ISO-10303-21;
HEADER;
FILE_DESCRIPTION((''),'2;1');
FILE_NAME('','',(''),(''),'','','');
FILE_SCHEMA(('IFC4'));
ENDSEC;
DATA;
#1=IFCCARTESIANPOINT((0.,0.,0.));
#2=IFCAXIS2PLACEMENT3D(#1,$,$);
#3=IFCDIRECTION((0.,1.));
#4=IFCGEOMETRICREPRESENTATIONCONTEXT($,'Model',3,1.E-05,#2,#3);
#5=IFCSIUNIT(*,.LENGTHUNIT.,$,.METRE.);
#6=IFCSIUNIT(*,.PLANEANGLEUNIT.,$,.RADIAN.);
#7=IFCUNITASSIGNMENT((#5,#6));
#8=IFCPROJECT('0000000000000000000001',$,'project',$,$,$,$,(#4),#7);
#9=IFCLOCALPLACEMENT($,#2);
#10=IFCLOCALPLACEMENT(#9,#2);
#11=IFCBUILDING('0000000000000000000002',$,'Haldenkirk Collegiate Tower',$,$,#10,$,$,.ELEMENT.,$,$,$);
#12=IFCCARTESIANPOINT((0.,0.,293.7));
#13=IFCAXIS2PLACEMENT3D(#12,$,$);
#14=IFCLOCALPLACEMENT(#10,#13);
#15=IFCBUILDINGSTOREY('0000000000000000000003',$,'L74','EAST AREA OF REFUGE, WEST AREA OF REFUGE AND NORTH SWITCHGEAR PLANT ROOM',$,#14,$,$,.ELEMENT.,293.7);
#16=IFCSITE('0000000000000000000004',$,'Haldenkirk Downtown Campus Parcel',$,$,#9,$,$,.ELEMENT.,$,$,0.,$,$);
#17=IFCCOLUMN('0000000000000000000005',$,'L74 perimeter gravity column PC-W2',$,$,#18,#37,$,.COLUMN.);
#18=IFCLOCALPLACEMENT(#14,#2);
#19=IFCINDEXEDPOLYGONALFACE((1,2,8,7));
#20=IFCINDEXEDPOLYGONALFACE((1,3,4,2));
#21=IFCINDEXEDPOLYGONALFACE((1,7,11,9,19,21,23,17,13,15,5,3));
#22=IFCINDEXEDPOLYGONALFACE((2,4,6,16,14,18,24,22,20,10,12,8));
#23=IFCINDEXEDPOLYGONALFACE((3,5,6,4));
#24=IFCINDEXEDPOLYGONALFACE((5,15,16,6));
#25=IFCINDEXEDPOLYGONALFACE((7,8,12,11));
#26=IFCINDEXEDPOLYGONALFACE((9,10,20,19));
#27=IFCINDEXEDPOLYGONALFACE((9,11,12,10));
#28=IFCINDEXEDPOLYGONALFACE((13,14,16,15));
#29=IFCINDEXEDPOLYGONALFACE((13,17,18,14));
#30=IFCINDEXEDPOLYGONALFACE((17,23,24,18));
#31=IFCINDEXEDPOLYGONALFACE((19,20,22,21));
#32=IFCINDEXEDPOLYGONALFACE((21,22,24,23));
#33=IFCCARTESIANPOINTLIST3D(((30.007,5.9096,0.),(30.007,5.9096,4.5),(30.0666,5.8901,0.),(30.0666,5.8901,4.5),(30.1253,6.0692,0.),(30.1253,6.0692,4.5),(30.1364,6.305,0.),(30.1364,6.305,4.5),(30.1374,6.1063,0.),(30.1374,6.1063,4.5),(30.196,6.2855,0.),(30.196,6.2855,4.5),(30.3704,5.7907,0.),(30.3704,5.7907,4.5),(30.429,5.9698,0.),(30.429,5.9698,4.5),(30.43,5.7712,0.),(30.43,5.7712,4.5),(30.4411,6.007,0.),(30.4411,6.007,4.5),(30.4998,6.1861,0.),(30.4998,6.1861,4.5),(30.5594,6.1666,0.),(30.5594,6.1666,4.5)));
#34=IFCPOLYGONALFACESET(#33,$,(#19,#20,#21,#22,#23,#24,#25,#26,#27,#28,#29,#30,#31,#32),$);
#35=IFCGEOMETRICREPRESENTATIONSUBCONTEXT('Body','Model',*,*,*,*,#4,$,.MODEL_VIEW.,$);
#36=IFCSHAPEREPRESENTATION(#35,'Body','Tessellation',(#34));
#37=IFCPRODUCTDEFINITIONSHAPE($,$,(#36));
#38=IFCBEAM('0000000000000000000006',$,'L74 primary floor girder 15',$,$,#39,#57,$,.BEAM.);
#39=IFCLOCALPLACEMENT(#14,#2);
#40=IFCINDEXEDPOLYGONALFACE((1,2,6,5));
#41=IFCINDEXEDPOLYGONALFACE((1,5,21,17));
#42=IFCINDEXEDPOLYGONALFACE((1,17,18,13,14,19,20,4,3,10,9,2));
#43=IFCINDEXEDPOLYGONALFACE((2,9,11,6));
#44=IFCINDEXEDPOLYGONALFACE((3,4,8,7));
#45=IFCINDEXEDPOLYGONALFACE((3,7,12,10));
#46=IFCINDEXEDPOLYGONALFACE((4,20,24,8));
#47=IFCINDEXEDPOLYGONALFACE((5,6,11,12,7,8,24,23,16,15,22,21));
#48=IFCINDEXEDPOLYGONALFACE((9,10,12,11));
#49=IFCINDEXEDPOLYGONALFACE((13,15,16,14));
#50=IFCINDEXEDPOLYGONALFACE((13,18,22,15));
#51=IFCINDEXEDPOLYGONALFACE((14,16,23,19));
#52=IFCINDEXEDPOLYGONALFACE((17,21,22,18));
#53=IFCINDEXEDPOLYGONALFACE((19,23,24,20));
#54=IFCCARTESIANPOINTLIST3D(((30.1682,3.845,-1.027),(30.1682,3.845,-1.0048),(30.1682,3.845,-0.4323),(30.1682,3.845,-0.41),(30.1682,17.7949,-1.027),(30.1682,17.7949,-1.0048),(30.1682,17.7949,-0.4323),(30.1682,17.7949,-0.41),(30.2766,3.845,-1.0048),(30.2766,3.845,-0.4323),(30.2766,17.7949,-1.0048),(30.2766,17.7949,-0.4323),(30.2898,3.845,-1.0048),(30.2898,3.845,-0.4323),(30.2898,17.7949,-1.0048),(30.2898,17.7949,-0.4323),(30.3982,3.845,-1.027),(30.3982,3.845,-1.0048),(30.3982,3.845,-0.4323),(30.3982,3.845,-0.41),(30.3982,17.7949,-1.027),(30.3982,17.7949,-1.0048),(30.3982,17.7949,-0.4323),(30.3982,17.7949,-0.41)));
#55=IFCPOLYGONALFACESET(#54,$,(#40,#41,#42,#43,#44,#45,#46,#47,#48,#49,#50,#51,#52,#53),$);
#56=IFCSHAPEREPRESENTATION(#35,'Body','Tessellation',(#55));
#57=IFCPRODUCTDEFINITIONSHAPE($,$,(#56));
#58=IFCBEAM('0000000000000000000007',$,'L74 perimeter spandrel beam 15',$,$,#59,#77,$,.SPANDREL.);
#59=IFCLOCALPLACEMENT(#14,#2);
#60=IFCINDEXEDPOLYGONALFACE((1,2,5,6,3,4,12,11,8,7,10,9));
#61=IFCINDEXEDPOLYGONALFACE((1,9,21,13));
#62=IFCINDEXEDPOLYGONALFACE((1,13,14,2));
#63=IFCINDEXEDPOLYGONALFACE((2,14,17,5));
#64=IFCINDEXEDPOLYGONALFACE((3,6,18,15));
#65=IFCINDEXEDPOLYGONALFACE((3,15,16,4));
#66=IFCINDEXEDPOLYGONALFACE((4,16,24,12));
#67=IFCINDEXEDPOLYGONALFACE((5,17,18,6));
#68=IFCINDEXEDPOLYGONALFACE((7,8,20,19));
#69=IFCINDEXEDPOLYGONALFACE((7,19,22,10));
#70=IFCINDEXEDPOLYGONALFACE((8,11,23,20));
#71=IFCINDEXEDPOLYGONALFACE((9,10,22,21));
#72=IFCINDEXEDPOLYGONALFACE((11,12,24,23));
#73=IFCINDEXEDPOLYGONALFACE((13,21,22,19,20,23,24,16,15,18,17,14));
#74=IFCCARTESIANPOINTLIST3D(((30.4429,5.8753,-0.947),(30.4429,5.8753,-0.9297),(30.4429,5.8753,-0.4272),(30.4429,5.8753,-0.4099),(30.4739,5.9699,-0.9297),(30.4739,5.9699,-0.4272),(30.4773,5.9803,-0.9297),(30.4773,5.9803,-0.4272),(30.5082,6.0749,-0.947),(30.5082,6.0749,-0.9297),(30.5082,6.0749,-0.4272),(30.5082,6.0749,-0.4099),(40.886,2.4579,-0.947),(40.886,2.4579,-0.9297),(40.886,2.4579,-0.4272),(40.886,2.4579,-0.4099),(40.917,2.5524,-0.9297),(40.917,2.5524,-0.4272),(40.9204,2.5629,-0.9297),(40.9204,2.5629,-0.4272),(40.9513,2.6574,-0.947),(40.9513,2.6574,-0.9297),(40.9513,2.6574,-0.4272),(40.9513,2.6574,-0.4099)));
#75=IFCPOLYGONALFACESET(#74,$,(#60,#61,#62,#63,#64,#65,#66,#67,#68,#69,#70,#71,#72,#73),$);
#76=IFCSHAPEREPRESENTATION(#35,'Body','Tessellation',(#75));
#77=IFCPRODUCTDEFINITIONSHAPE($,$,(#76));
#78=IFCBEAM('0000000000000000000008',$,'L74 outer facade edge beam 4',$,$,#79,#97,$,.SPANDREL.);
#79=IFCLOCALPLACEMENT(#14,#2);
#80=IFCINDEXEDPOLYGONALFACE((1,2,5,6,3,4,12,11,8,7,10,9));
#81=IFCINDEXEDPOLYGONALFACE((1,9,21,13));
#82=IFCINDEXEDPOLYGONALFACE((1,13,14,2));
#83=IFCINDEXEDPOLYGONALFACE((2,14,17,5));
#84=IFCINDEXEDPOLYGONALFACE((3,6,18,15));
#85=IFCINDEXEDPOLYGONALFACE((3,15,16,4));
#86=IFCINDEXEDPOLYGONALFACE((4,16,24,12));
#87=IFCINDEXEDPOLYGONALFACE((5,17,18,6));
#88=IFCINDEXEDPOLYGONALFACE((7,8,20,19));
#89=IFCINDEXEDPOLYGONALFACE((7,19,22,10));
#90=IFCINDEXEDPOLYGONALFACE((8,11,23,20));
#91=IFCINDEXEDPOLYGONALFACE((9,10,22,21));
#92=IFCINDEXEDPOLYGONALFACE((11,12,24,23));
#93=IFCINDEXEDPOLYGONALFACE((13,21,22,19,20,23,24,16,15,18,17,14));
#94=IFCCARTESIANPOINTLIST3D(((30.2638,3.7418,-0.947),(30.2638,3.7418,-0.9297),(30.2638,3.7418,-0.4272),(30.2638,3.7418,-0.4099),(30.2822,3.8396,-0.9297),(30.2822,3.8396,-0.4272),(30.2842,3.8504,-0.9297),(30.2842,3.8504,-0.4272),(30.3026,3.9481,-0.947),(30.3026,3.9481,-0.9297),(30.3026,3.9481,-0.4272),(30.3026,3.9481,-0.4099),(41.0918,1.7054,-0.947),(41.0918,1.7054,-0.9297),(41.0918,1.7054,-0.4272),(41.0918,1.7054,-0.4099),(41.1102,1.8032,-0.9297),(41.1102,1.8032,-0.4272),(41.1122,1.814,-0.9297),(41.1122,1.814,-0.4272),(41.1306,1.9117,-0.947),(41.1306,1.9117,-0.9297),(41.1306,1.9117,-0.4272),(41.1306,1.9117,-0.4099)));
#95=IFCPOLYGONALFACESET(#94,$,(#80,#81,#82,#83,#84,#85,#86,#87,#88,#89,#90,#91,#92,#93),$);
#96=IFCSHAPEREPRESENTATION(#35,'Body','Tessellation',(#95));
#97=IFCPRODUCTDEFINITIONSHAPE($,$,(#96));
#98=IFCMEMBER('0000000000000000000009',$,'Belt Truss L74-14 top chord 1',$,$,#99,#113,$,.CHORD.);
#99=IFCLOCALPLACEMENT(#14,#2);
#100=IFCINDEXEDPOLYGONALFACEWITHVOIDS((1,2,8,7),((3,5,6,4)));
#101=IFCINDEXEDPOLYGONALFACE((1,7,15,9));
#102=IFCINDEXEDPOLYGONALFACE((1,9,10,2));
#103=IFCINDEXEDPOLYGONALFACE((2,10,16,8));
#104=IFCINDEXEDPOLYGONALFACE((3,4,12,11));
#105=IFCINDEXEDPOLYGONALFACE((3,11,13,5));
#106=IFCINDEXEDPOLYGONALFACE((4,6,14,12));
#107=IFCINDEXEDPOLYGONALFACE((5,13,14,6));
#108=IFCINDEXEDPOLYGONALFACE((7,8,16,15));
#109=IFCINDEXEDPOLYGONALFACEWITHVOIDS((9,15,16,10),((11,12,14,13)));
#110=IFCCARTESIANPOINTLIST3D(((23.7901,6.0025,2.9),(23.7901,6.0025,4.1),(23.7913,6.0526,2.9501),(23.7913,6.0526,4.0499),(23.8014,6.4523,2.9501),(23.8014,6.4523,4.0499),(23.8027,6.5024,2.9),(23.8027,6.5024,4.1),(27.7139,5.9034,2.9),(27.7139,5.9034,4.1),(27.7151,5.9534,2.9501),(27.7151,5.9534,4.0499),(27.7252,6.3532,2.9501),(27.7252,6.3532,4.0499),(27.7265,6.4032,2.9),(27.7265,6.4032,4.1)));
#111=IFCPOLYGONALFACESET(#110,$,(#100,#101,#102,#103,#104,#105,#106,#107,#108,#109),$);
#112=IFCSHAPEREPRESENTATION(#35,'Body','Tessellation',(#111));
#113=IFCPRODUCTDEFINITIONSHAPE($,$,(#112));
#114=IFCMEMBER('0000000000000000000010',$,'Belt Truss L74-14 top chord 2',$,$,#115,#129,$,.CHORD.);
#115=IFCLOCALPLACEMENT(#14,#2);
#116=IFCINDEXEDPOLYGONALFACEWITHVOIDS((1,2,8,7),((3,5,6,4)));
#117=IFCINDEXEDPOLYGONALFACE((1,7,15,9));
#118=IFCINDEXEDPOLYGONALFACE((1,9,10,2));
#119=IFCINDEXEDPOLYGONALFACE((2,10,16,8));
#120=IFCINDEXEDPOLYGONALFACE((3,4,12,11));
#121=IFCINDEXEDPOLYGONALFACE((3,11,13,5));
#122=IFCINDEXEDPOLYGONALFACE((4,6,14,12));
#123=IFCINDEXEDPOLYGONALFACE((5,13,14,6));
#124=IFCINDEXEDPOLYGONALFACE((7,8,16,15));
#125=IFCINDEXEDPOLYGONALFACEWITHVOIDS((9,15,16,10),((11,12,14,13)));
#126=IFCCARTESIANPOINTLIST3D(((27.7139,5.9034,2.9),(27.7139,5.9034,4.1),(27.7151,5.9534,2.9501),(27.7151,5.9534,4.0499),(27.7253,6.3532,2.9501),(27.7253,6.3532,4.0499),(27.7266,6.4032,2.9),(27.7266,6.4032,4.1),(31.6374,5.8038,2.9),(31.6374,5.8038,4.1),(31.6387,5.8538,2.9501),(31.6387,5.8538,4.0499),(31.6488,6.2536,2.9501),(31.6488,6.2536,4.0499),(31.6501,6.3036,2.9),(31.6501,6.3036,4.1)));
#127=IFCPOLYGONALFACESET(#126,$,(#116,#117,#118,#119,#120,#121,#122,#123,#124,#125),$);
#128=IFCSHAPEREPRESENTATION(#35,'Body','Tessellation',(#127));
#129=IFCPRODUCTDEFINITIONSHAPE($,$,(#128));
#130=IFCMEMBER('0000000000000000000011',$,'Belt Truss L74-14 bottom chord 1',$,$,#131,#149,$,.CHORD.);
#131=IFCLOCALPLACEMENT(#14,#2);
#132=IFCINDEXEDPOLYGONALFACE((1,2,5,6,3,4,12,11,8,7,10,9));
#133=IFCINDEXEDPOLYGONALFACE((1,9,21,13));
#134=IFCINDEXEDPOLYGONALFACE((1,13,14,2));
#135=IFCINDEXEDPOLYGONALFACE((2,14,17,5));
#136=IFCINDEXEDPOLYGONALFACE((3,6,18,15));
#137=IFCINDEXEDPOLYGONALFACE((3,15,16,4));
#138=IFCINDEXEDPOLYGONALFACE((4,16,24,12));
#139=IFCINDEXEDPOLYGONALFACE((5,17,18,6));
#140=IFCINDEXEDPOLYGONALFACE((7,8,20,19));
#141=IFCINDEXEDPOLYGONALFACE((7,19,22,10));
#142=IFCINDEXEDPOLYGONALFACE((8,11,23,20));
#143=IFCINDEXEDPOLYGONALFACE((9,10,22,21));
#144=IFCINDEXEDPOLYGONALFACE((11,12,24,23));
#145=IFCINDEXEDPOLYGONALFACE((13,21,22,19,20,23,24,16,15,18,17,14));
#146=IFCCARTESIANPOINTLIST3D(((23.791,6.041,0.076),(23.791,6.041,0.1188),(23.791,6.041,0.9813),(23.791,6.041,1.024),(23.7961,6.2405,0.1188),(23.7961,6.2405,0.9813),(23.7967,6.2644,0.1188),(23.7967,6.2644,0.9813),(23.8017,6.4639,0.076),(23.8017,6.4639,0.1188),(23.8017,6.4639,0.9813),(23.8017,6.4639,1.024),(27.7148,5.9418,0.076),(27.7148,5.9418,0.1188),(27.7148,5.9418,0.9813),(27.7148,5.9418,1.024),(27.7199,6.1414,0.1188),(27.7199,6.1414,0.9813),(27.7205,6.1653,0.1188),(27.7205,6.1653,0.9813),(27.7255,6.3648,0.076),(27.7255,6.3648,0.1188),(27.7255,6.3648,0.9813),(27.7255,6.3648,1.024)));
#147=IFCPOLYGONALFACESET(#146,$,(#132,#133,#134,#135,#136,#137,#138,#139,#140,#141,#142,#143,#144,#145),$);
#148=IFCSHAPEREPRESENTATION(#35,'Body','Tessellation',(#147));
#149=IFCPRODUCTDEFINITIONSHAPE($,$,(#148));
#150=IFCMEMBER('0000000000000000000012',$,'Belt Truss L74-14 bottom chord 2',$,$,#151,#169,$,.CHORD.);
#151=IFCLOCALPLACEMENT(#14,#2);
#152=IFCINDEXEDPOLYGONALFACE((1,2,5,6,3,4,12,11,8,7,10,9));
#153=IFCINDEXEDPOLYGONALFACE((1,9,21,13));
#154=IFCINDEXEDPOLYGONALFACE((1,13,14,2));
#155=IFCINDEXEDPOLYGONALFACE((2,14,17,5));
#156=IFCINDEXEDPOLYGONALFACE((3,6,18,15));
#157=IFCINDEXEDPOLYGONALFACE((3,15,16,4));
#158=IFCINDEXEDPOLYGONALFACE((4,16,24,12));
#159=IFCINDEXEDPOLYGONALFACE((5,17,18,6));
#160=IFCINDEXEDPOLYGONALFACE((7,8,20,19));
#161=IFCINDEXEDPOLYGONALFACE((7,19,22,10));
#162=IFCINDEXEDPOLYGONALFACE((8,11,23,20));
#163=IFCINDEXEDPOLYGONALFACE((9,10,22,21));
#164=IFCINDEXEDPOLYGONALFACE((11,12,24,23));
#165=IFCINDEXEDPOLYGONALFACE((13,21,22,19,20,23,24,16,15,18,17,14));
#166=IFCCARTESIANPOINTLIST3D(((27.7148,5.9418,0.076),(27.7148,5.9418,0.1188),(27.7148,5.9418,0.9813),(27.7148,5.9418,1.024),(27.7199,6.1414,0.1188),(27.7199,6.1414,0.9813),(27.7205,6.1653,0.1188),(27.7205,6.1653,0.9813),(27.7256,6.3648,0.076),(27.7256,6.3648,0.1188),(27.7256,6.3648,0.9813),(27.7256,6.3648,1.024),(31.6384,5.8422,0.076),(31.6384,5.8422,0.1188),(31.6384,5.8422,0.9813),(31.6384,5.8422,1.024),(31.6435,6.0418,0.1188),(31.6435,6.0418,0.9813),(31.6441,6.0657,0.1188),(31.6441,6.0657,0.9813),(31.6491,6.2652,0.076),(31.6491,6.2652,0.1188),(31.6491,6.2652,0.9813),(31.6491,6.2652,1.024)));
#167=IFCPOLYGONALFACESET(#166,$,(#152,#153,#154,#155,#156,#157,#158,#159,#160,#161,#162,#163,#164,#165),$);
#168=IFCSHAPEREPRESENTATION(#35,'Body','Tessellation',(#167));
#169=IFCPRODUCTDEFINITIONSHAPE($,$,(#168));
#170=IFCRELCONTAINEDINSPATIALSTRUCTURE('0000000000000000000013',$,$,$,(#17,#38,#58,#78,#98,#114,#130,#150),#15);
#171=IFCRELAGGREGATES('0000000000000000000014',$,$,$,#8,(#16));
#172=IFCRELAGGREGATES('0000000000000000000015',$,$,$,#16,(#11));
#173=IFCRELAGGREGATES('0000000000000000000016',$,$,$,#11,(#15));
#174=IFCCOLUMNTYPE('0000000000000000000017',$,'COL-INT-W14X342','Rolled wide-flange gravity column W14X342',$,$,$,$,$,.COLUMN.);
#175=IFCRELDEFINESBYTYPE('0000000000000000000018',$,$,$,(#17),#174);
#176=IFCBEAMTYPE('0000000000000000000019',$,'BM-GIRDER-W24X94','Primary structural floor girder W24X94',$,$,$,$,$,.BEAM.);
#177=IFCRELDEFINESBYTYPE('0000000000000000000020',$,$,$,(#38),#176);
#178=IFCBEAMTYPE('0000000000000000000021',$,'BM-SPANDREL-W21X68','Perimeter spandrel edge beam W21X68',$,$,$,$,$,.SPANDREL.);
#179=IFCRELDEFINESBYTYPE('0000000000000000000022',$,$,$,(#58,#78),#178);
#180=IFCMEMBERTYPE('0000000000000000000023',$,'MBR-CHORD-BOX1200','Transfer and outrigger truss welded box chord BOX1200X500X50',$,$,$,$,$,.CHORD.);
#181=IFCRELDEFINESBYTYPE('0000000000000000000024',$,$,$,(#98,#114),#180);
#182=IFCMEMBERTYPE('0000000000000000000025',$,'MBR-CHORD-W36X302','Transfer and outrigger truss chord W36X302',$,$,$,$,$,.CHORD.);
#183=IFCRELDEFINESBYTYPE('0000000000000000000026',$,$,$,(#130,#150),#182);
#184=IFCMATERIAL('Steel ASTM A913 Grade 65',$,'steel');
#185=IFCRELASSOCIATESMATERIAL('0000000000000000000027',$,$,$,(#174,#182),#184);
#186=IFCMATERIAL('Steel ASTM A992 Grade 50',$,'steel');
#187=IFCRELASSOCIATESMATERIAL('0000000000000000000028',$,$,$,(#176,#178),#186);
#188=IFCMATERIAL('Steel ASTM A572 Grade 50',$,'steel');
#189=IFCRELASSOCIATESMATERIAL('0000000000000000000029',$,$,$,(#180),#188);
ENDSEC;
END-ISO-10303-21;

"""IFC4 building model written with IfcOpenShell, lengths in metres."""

from ifc_helpers import new_model, si_unit, direction, frame, origin, origin_2d, place, context, subcontext, project, spatial, hollow_rectangle, i_section, extrude, material, material_profile, profile_set, type_object, element, save


model = new_model("IFC4")

# Units and contexts
model_context = context("Model", 3, precision=1e-05, world=origin(), true_north=direction((0.0, 1.0)))
body_context = subcontext(model_context, "Body", "Model", "MODEL_VIEW")
ifc_project = project(units=[si_unit("LENGTHUNIT", "METRE"), si_unit("PLANEANGLEUNIT", "RADIAN")], contexts=[model_context])

# Site, building, storey
site_placement = place(None, origin())
site = spatial("IfcSite", under=ifc_project, at=site_placement, Name="Haldenkirk Downtown Campus Parcel", CompositionType="ELEMENT", RefElevation=0.0)
building_placement = place(site_placement, origin())
building = spatial("IfcBuilding", under=site, at=building_placement, Name="Haldenkirk Collegiate Tower", CompositionType="ELEMENT")
storey_placement = place(building_placement, frame((0.0, 0.0, 293.7)))
storey = spatial("IfcBuildingStorey", under=building, at=storey_placement, Name="L74", Description="EAST AREA OF REFUGE, WEST AREA OF REFUGE AND NORTH SWITCHGEAR PLANT ROOM", CompositionType="ELEMENT", Elevation=293.7)

# Column
ifc_material_1 = material(Name="Steel ASTM A913 Grade 65", Category="steel")
ifc_material_profile_1 = material_profile(ifc_material_1, i_section(OverallWidth=0.416, OverallDepth=0.4451, WebThickness=0.0391, FlangeThickness=0.0627, at=origin_2d()), Name="W14X342")
ifc_profile_set_1 = profile_set([ifc_material_profile_1], Name="Steel ASTM A913 Grade 65")
column_type = type_object("IfcColumnType", Name="COL-INT-W14X342", Description="Rolled wide-flange gravity column W14X342", PredefinedType="COLUMN", material=ifc_profile_set_1)
column_placement = place(storey_placement, frame((30.2832, 6.0381, 0.0), z_axis=(0.0, 0.0, 1.0), x_axis=(0.311008, 0.950407, 0.0)))
element("IfcColumn", 1, at=column_placement, inside=storey, type_object=column_type, Name="L74 perimeter gravity column PC-W2", PredefinedType="COLUMN", context=body_context, shape_type="SweptSolid", body=[
    extrude(i_section(OverallWidth=0.416, OverallDepth=0.4451, WebThickness=0.0391, FlangeThickness=0.0627, at=origin_2d()), origin(), (0.0, 0.0, 1.0), 4.5),
])

# Beams
ifc_material_2 = material(Name="Steel ASTM A992 Grade 50", Category="steel")
ifc_material_profile_2 = material_profile(ifc_material_2, i_section(OverallWidth=0.23, OverallDepth=0.6169, WebThickness=0.0132, FlangeThickness=0.0222, at=origin_2d()), Name="W24X94")
ifc_profile_set_2 = profile_set([ifc_material_profile_2], Name="Steel ASTM A992 Grade 50")
beam_type_1 = type_object("IfcBeamType", Name="BM-GIRDER-W24X94", Description="Primary structural floor girder W24X94", PredefinedType="BEAM", material=ifc_profile_set_2)
beam_1_placement = place(storey_placement, frame((30.2832, 3.845, -0.7185), z_axis=(0.0, 1.0, 0.0), x_axis=(-1.0, 0.0, 0.0)))
element("IfcBeam", 2, at=beam_1_placement, inside=storey, type_object=beam_type_1, Name="L74 primary floor girder 15", PredefinedType="BEAM", context=body_context, shape_type="SweptSolid", body=[
    extrude(i_section(OverallWidth=0.23, OverallDepth=0.6169, WebThickness=0.0132, FlangeThickness=0.0222, at=origin_2d()), origin(), (0.0, 0.0, 1.0), 13.95),
])
ifc_material_profile_3 = material_profile(ifc_material_2, i_section(OverallWidth=0.21, OverallDepth=0.5371, WebThickness=0.011, FlangeThickness=0.0173, at=origin_2d()), Name="W21X68")
ifc_profile_set_3 = profile_set([ifc_material_profile_3], Name="Steel ASTM A992 Grade 50")
beam_type_2 = type_object("IfcBeamType", Name="BM-SPANDREL-W21X68", Description="Perimeter spandrel edge beam W21X68", PredefinedType="SPANDREL", material=ifc_profile_set_3)
beam_2_placement = place(storey_placement, frame((30.4756, 5.9751, -0.6785), z_axis=(0.950404, -0.311017, 0.0), x_axis=(0.311017, 0.950404, 0.0)))
element("IfcBeam", 3, at=beam_2_placement, inside=storey, type_object=beam_type_2, Name="L74 perimeter spandrel beam 15", PredefinedType="SPANDREL", context=body_context, shape_type="SweptSolid", body=[
    extrude(i_section(OverallWidth=0.21, OverallDepth=0.5371, WebThickness=0.011, FlangeThickness=0.0173, at=origin_2d()), origin(), (0.0, 0.0, 1.0), 10.988),
])
beam_3_placement = place(storey_placement, frame((30.2832, 3.845, -0.6785), z_axis=(0.982771, -0.184828, 0.0), x_axis=(0.184828, 0.982771, 0.0)))
element("IfcBeam", 4, at=beam_3_placement, inside=storey, type_object=beam_type_2, Name="L74 outer facade edge beam 4", PredefinedType="SPANDREL", context=body_context, shape_type="SweptSolid", body=[
    extrude(i_section(OverallWidth=0.21, OverallDepth=0.5371, WebThickness=0.011, FlangeThickness=0.0173, at=origin_2d()), origin(), (0.0, 0.0, 1.0), 11.0178),
])

# Members
ifc_material_3 = material(Name="Steel ASTM A572 Grade 50", Category="steel")
ifc_material_profile_4 = material_profile(ifc_material_3, hollow_rectangle(XDim=0.5, YDim=1.2, WallThickness=0.05, at=origin_2d()), Name="BOX1200X500X50")
ifc_profile_set_4 = profile_set([ifc_material_profile_4], Name="Steel ASTM A572 Grade 50")
member_type_1 = type_object("IfcMemberType", Name="MBR-CHORD-BOX1200", Description="Transfer and outrigger truss welded box chord BOX1200X500X50", PredefinedType="CHORD", material=ifc_profile_set_4)
member_1_placement = place(storey_placement, frame((23.7964, 6.2524, 3.5), z_axis=(0.999681, -0.025253, 0.0), x_axis=(0.025253, 0.999681, 0.0)))
element("IfcMember", 5, at=member_1_placement, inside=storey, type_object=member_type_1, Name="Belt Truss L74-14 top chord 1", PredefinedType="CHORD", context=body_context, shape_type="SweptSolid", body=[
    extrude(hollow_rectangle(XDim=0.5, YDim=1.2, WallThickness=0.05, at=origin_2d()), origin(), (0.0, 0.0, 1.0), 3.925),
])
member_2_placement = place(storey_placement, frame((27.7202, 6.1533, 3.5), z_axis=(0.999678, -0.025379, 0.0), x_axis=(0.025379, 0.999678, 0.0)))
element("IfcMember", 6, at=member_2_placement, inside=storey, type_object=member_type_1, Name="Belt Truss L74-14 top chord 2", PredefinedType="CHORD", context=body_context, shape_type="SweptSolid", body=[
    extrude(hollow_rectangle(XDim=0.5, YDim=1.2, WallThickness=0.05, at=origin_2d()), origin(), (0.0, 0.0, 1.0), 3.9248),
])
ifc_material_profile_5 = material_profile(ifc_material_1, i_section(OverallWidth=0.4231, OverallDepth=0.948, WebThickness=0.0239, FlangeThickness=0.0427, at=origin_2d()), Name="W36X302")
ifc_profile_set_5 = profile_set([ifc_material_profile_5], Name="Steel ASTM A913 Grade 65")
member_type_2 = type_object("IfcMemberType", Name="MBR-CHORD-W36X302", Description="Transfer and outrigger truss chord W36X302", PredefinedType="CHORD", material=ifc_profile_set_5)
member_3_placement = place(storey_placement, frame((23.7964, 6.2524, 0.55), z_axis=(0.999681, -0.025253, 0.0), x_axis=(0.025253, 0.999681, 0.0)))
element("IfcMember", 7, at=member_3_placement, inside=storey, type_object=member_type_2, Name="Belt Truss L74-14 bottom chord 1", PredefinedType="CHORD", context=body_context, shape_type="SweptSolid", body=[
    extrude(i_section(OverallWidth=0.4231, OverallDepth=0.948, WebThickness=0.0239, FlangeThickness=0.0427, at=origin_2d()), origin(), (0.0, 0.0, 1.0), 3.925),
])
member_4_placement = place(storey_placement, frame((27.7202, 6.1533, 0.55), z_axis=(0.999678, -0.025379, 0.0), x_axis=(0.025379, 0.999678, 0.0)))
element("IfcMember", 8, at=member_4_placement, inside=storey, type_object=member_type_2, Name="Belt Truss L74-14 bottom chord 2", PredefinedType="CHORD", context=body_context, shape_type="SweptSolid", body=[
    extrude(i_section(OverallWidth=0.4231, OverallDepth=0.948, WebThickness=0.0239, FlangeThickness=0.0427, at=origin_2d()), origin(), (0.0, 0.0, 1.0), 3.9248),
])

save(model, "model.ifc")
